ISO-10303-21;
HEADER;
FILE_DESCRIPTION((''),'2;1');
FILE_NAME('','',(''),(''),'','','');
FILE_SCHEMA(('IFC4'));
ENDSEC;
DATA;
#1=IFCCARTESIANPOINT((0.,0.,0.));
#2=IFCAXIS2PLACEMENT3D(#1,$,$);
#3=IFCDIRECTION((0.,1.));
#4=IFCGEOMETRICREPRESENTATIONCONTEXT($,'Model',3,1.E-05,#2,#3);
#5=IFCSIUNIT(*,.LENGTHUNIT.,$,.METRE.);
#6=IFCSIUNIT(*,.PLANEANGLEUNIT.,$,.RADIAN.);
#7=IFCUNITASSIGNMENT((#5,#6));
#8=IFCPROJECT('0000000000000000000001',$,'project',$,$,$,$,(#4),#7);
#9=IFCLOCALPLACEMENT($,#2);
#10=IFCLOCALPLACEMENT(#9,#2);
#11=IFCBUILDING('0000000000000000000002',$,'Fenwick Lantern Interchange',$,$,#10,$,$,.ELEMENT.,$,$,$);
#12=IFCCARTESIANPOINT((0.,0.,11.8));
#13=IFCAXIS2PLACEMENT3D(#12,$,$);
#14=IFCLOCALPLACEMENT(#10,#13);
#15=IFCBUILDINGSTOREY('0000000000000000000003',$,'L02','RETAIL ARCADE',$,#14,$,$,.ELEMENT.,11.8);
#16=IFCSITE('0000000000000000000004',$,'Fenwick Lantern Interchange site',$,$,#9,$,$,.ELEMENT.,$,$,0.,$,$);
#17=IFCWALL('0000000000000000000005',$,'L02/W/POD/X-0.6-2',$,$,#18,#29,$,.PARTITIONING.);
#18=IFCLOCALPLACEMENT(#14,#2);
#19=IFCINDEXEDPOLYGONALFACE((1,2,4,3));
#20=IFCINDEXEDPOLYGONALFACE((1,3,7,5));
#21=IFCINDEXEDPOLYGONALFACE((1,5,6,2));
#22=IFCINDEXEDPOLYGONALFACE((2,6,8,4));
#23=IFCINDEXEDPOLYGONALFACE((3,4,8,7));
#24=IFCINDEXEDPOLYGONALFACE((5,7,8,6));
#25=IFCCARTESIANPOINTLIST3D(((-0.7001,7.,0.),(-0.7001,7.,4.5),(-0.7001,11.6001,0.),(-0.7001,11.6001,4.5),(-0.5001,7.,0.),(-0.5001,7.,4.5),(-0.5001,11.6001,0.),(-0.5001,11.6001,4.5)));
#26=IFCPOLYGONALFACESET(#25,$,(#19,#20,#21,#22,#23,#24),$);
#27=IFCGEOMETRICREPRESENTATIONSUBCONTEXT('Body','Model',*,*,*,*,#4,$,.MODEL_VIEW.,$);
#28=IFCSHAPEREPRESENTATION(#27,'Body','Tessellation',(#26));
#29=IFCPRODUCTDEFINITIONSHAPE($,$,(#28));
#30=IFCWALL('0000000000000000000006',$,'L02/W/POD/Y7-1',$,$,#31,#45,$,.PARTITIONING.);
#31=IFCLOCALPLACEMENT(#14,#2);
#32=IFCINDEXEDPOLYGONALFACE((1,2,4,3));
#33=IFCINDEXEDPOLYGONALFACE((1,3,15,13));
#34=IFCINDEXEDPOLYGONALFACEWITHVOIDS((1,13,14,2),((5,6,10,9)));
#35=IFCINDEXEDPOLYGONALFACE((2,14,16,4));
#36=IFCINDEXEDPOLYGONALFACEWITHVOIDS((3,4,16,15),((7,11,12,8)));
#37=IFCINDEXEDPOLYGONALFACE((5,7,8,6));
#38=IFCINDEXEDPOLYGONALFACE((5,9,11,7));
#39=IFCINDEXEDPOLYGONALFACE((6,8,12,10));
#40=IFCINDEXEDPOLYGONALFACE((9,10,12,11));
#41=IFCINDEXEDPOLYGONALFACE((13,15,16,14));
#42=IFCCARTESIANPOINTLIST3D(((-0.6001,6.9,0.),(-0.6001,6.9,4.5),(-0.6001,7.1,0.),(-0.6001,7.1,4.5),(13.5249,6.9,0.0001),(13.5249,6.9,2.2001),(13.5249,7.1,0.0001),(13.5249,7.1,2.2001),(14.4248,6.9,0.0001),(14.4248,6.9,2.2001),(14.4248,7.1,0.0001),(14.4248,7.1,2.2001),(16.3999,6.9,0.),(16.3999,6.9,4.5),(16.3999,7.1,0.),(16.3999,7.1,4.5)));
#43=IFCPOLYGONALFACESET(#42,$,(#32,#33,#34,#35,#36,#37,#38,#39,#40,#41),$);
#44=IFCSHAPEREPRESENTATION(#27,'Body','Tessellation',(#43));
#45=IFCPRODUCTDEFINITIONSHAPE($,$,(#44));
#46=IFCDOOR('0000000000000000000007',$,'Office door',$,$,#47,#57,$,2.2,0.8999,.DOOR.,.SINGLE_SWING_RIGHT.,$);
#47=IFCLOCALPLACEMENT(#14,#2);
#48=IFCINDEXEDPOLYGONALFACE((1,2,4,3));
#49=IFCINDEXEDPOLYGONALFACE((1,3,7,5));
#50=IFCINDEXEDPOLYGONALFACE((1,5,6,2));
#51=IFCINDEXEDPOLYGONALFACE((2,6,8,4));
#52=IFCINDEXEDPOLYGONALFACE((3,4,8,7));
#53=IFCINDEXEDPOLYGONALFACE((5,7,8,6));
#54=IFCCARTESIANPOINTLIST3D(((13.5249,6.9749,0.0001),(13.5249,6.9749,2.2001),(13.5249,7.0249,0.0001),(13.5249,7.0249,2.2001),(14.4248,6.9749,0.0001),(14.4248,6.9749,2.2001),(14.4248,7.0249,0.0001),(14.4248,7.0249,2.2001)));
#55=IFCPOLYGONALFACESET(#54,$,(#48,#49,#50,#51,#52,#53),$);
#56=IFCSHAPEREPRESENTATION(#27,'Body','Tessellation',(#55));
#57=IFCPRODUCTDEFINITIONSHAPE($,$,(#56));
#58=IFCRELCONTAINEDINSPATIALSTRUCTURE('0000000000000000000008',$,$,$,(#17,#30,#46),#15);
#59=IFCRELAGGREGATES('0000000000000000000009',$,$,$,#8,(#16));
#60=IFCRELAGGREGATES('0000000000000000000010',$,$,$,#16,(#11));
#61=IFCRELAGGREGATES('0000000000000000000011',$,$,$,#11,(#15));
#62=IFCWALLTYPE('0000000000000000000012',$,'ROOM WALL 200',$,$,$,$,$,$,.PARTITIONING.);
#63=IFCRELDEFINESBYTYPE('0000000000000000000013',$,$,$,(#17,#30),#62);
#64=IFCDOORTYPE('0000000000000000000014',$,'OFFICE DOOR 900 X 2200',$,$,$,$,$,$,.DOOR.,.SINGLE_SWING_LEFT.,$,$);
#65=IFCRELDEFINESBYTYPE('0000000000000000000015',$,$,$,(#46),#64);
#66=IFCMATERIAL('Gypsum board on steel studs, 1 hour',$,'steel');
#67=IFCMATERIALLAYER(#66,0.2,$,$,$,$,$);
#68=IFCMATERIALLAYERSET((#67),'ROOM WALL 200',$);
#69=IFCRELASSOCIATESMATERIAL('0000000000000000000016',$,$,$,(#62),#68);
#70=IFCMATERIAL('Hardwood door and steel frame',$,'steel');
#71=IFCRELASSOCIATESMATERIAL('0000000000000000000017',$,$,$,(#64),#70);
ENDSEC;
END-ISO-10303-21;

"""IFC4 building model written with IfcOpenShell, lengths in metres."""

from ifc_helpers import new_model, si_unit, direction, frame, frame_2d, origin, place, context, subcontext, project, spatial, rectangle, extrude, material, layer, layer_set, type_object, element, fill, save


model = new_model("IFC4")

# Units and contexts
model_context = context("Model", 3, precision=1e-05, world=origin(), true_north=direction((0.0, 1.0)))
body_context = subcontext(model_context, "Body", "Model", "MODEL_VIEW")
ifc_project = project(units=[si_unit("LENGTHUNIT", "METRE"), si_unit("PLANEANGLEUNIT", "RADIAN")], contexts=[model_context])

# Site, building, storey
site_placement = place(None, origin())
site = spatial("IfcSite", under=ifc_project, at=site_placement, Name="Fenwick Lantern Interchange site", CompositionType="ELEMENT", RefElevation=0.0)
building_placement = place(site_placement, origin())
building = spatial("IfcBuilding", under=site, at=building_placement, Name="Fenwick Lantern Interchange", CompositionType="ELEMENT")
storey_placement = place(building_placement, frame((0.0, 0.0, 11.8)))
storey = spatial("IfcBuildingStorey", under=building, at=storey_placement, Name="L02", Description="RETAIL ARCADE", CompositionType="ELEMENT", Elevation=11.8)

# Wall
ifc_material_1 = material(Name="Gypsum board on steel studs, 1 hour", Category="steel")
ifc_layer = layer(ifc_material_1, 0.2)
ifc_layer_set = layer_set([ifc_layer], Name="ROOM WALL 200")
wall_type = type_object("IfcWallType", Name="ROOM WALL 200", PredefinedType="PARTITIONING", material=ifc_layer_set)
wall_1_placement = place(storey_placement, frame((-0.6001, 7.0, 0.0), z_axis=(0.0, 0.0, 1.0), x_axis=(0.0, 1.0, 0.0)))
element("IfcWall", 1, at=wall_1_placement, inside=storey, type_object=wall_type, Name="L02/W/POD/X-0.6-2", PredefinedType="PARTITIONING", context=body_context, shape_type="SweptSolid", body=[
    extrude(rectangle(XDim=4.6001, YDim=0.2, at=frame_2d((2.3, 0.0))), origin(), (0.0, 0.0, 1.0), 4.5),
])

# Wall, opening, door
wall_2_placement = place(storey_placement, frame((-0.6001, 7.0, 0.0), z_axis=(0.0, 0.0, 1.0), x_axis=(1.0, 0.0, 0.0)))
wall_2 = element("IfcWall", 2, at=wall_2_placement, inside=storey, type_object=wall_type, Name="L02/W/POD/Y7-1", PredefinedType="PARTITIONING", context=body_context, shape_type="SweptSolid", body=[
    extrude(rectangle(XDim=17.0, YDim=0.2, at=frame_2d((8.5, 0.0))), origin(), (0.0, 0.0, 1.0), 4.5),
])
opening_placement = place(wall_2_placement, frame((14.125, 0.0, 0.0)))
opening = element("IfcOpeningElement", 3, at=opening_placement, cuts=wall_2, PredefinedType="OPENING", context=body_context, shape_type="SweptSolid", body=[
    extrude(rectangle(XDim=0.8999, YDim=2.2, at=frame_2d((0.45, 1.1001))), frame((0.0, 0.1099, 0.0), z_axis=(0.0, -1.0, 0.0), x_axis=(1.0, 0.0, 0.0)), (0.0, 0.0, 1.0), 0.22),
])
ifc_material_2 = material(Name="Hardwood door and steel frame", Category="steel")
door_type = type_object("IfcDoorType", Name="OFFICE DOOR 900 X 2200", OperationType="SINGLE_SWING_LEFT", PredefinedType="DOOR", material=ifc_material_2)
door_placement = place(opening_placement, origin())
door = element("IfcDoor", 4, at=door_placement, inside=storey, type_object=door_type, Name="Office door", OperationType="SINGLE_SWING_RIGHT", OverallHeight=2.2, OverallWidth=0.8999, PredefinedType="DOOR", context=body_context, shape_type="SweptSolid", body=[
    extrude(rectangle(XDim=0.8999, YDim=2.2, at=frame_2d((0.45, 1.1001))), frame((0.0, 0.0249, 0.0), z_axis=(0.0, -1.0, 0.0), x_axis=(1.0, 0.0, 0.0)), (0.0, 0.0, 1.0), 0.05),
])
fill(opening, door)

save(model, "model.ifc")
